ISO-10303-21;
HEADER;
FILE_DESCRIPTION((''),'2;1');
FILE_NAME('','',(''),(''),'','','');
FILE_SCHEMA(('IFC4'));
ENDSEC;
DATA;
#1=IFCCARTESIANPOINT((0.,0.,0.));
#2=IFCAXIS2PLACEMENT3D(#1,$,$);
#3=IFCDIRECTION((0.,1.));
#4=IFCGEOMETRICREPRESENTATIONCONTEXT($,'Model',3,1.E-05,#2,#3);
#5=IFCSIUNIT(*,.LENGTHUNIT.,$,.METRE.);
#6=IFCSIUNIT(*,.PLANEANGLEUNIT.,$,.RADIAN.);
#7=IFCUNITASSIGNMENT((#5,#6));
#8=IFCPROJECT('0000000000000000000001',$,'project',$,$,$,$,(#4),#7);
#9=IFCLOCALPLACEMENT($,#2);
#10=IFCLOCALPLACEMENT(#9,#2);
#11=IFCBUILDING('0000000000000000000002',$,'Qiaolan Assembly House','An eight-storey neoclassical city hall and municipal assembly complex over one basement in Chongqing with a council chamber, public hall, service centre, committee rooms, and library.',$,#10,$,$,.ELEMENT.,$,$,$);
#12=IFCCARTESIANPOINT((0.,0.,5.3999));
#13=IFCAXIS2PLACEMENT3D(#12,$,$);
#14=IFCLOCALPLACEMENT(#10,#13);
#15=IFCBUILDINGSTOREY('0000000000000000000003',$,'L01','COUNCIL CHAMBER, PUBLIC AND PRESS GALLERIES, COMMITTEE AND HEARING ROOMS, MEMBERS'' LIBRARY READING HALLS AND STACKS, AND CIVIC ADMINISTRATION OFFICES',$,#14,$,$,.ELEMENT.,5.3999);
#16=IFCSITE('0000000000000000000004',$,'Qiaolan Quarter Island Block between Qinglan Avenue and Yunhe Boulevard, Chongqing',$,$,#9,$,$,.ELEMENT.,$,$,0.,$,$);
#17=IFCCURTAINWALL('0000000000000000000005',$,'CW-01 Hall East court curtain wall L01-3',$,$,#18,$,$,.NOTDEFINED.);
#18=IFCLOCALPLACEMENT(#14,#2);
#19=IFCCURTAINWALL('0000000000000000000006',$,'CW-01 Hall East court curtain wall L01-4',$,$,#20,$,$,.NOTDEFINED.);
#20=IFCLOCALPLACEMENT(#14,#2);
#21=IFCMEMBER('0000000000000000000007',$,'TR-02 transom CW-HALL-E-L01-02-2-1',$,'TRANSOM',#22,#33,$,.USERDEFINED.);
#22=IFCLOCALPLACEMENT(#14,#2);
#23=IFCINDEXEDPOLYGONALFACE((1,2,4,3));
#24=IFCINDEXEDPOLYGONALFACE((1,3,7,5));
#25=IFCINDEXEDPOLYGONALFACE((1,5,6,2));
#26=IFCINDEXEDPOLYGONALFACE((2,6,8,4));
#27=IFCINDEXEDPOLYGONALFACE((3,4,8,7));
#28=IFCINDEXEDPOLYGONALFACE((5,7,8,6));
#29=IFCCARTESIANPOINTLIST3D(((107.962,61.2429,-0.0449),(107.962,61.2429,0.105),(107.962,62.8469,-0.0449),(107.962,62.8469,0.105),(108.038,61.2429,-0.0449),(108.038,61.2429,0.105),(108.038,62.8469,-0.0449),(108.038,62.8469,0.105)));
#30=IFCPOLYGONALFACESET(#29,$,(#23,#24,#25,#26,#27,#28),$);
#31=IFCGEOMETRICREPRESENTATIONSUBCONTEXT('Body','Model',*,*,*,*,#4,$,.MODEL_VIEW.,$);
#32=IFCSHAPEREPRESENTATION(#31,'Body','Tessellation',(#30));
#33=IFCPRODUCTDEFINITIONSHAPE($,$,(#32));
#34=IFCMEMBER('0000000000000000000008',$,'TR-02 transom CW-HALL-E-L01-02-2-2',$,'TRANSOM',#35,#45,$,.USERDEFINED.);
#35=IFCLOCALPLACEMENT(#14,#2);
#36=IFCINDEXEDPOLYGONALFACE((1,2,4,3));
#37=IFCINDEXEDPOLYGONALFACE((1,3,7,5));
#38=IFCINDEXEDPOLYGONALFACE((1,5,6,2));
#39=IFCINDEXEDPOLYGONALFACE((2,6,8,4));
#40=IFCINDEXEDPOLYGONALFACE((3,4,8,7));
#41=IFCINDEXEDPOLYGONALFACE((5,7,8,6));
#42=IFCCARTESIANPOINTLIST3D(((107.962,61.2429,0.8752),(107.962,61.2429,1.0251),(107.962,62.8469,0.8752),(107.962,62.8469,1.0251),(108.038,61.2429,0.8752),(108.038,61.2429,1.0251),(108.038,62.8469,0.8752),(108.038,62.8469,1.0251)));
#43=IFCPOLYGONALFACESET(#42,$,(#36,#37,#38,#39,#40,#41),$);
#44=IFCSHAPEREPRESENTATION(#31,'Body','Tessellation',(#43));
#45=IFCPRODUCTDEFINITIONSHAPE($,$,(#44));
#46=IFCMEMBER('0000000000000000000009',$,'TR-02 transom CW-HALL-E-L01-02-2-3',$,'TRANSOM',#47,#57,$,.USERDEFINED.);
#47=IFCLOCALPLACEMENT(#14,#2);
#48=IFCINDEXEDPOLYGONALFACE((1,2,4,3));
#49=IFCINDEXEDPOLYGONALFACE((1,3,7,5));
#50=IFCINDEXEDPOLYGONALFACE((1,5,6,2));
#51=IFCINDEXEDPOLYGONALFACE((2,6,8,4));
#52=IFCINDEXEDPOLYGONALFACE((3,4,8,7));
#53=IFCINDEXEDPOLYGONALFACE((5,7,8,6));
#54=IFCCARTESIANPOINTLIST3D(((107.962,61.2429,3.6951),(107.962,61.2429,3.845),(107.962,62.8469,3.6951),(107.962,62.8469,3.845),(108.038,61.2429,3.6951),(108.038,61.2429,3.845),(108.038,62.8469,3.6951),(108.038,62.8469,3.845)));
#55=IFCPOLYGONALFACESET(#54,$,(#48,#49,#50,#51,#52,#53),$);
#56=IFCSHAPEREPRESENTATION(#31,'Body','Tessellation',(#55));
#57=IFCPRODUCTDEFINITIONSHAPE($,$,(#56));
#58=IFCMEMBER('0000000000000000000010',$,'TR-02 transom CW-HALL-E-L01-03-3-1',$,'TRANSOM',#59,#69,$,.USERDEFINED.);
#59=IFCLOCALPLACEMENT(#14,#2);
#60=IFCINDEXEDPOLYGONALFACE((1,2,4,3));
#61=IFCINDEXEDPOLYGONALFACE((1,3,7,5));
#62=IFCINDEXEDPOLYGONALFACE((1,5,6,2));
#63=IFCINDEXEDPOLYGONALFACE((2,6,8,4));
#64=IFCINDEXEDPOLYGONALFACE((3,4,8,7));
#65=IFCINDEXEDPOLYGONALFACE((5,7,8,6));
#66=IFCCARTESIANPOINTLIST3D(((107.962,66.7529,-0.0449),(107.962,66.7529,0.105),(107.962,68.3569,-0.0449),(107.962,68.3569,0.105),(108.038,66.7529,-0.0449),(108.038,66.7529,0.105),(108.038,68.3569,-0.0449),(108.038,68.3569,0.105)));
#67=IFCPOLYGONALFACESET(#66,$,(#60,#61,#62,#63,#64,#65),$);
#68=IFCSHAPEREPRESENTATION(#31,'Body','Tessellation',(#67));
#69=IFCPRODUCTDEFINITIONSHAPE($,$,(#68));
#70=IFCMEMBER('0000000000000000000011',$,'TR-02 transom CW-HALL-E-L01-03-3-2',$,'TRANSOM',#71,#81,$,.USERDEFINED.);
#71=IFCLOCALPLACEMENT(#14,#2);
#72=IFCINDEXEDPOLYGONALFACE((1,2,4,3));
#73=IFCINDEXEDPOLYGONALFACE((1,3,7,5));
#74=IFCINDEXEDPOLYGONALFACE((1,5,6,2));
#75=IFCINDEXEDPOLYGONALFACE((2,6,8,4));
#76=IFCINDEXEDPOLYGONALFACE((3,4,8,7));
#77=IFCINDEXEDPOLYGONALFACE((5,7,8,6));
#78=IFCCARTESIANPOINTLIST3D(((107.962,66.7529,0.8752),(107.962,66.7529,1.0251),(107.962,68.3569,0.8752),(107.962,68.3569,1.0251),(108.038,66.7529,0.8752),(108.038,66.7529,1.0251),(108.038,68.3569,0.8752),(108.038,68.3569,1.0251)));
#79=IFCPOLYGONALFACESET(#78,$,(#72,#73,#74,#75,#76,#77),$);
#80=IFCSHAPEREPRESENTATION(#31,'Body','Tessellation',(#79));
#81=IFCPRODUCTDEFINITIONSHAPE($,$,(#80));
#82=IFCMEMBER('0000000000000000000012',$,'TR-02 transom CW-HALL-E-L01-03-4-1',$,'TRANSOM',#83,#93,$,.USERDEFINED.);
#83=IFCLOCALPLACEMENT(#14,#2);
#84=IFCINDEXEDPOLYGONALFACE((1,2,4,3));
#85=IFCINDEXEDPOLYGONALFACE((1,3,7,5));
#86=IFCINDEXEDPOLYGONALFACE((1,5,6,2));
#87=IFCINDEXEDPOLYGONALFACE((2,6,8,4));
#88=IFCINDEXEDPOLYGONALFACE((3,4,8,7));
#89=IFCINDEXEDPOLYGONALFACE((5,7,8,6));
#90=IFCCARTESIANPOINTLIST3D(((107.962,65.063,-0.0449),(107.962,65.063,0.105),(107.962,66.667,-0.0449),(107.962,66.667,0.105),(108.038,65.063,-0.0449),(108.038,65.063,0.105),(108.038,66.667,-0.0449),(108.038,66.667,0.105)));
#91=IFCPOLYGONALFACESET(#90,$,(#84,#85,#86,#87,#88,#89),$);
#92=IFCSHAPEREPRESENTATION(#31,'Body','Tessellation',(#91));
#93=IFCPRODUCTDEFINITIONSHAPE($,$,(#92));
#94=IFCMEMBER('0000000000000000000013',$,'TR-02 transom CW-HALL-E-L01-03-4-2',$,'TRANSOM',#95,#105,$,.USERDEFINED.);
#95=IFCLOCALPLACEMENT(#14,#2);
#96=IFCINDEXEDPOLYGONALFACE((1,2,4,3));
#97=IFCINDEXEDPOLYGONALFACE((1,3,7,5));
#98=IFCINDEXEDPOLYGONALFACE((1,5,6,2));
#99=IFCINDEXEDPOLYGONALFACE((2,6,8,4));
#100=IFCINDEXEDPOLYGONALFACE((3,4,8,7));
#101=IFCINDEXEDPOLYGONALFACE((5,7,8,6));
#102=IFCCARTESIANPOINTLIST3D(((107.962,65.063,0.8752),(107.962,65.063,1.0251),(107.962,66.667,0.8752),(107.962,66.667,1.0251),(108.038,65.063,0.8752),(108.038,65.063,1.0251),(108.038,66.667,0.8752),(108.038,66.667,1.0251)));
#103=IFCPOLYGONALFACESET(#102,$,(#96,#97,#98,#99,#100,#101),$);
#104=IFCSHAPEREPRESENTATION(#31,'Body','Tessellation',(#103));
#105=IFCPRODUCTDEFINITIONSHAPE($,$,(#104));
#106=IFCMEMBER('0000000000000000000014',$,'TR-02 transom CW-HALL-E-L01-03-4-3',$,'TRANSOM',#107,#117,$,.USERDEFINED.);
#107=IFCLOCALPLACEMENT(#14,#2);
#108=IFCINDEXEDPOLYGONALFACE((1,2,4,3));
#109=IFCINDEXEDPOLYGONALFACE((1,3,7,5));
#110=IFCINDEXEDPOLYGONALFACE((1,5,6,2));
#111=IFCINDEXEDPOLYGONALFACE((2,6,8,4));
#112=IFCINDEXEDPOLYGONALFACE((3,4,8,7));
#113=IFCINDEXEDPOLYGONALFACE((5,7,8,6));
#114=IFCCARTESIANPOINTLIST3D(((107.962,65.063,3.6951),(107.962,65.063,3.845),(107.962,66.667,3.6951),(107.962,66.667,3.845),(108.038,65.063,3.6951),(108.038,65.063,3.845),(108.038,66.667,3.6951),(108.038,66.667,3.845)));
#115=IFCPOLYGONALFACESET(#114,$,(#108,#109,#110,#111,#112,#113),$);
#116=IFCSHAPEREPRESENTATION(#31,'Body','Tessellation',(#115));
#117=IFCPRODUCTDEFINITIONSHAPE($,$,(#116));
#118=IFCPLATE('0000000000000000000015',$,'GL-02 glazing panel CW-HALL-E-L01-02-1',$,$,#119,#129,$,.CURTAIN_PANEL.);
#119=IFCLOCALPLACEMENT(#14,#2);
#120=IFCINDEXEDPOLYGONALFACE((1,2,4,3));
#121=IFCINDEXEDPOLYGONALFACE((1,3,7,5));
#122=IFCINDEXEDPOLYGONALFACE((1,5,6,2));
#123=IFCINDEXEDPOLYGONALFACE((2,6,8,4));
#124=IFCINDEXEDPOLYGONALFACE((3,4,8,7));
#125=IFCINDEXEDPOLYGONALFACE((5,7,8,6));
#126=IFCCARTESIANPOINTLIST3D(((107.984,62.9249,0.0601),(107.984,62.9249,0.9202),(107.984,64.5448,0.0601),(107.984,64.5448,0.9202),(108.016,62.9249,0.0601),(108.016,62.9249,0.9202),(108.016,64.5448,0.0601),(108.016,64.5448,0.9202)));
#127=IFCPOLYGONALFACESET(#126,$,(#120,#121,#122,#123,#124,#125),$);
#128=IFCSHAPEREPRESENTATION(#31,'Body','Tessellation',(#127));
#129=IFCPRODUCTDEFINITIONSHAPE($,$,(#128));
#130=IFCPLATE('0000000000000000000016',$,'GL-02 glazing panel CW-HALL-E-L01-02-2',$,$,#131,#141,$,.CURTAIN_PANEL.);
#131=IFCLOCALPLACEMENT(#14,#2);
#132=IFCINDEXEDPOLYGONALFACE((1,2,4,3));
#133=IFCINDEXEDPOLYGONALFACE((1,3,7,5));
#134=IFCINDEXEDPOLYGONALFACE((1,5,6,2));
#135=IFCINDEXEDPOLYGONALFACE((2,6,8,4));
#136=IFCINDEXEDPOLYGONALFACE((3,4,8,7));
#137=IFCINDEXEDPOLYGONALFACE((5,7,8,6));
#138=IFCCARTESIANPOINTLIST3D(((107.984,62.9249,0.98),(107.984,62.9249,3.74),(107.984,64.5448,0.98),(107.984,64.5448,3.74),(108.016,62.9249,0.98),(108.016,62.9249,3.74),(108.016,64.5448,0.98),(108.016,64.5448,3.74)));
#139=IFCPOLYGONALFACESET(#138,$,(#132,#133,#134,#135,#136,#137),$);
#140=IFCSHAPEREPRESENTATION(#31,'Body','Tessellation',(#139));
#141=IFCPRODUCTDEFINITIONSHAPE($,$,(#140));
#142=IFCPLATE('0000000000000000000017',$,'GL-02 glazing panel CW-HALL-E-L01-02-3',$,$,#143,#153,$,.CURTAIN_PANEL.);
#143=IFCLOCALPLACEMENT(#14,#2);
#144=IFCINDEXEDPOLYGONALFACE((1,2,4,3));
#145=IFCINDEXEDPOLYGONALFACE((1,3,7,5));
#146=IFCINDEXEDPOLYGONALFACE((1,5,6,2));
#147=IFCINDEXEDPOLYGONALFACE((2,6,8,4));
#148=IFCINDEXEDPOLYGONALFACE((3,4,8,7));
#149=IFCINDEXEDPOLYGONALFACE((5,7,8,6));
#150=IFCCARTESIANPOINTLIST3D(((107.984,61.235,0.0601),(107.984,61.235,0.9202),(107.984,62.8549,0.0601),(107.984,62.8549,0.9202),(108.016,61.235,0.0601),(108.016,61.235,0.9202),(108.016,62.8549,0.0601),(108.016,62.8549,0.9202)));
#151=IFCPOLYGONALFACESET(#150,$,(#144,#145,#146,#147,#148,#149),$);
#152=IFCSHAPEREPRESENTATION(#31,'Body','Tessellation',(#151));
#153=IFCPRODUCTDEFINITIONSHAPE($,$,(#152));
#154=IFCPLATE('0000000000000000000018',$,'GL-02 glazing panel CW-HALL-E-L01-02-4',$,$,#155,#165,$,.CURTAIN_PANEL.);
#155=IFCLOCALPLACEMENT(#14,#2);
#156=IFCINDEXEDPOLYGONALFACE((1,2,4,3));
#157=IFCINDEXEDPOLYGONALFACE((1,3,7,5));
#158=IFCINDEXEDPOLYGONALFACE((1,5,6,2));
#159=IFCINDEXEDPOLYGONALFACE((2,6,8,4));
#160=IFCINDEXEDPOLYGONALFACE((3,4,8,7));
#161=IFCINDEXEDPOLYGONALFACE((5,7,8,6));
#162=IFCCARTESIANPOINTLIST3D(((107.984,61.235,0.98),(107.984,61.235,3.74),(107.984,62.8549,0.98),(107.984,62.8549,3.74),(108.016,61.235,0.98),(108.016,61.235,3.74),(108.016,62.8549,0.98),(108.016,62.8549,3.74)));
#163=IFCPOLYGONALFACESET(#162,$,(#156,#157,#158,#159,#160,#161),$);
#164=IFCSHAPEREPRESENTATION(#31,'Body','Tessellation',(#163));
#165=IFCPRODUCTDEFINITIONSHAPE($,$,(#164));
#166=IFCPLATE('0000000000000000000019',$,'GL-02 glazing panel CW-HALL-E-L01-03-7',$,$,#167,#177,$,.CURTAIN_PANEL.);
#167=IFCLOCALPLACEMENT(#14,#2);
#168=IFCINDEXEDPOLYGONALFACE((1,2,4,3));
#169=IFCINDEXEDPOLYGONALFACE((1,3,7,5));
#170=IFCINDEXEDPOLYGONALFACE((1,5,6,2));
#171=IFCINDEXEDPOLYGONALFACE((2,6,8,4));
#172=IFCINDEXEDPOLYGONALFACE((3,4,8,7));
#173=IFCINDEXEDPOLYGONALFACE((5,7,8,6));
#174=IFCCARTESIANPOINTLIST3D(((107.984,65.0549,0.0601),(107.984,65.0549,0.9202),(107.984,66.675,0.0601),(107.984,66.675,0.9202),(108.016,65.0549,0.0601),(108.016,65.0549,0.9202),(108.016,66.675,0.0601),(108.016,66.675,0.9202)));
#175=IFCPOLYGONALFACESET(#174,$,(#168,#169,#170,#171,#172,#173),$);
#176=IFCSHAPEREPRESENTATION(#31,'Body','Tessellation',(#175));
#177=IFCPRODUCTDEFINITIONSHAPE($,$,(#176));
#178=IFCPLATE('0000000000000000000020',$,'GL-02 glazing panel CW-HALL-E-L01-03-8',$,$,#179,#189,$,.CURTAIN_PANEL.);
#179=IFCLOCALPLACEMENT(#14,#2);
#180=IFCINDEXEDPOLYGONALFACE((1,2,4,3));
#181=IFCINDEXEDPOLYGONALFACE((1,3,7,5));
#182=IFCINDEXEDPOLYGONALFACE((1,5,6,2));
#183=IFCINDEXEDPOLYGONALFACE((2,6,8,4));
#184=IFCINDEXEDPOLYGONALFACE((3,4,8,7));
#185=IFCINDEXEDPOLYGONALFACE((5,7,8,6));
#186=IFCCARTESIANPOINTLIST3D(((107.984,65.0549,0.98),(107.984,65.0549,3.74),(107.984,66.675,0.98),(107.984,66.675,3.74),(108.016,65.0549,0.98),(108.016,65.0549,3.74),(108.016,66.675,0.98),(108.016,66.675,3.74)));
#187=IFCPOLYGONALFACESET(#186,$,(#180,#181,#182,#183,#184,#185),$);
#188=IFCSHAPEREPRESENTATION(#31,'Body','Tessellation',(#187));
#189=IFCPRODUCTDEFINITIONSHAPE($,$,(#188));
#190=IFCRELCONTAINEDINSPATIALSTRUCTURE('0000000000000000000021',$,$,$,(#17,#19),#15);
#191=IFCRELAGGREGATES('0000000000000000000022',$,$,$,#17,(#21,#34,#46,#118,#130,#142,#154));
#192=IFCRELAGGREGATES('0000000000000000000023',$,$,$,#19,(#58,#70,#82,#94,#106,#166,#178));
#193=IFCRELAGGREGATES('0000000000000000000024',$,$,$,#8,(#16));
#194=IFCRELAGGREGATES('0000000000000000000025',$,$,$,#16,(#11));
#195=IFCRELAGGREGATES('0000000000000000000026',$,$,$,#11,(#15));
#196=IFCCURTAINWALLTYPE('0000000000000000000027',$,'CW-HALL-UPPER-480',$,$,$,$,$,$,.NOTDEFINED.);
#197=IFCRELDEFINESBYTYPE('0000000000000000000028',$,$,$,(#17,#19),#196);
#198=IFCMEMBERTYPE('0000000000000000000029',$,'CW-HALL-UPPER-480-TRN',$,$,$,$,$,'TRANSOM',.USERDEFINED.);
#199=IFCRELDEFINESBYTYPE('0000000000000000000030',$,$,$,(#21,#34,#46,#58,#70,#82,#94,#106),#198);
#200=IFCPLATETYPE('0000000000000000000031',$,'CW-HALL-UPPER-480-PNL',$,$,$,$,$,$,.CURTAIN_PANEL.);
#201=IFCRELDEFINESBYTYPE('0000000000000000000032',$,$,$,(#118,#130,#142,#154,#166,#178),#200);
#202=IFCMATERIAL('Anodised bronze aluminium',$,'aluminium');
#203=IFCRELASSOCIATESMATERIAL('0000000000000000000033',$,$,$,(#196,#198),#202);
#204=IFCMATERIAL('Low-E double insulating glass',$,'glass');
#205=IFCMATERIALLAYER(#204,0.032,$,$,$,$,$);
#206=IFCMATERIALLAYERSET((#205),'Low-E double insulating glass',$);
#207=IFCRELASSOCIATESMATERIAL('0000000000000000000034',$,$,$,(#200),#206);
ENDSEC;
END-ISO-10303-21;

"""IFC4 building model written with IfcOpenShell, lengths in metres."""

from ifc_helpers import new_model, si_unit, direction, frame, frame_2d, origin, origin_2d, place, context, subcontext, project, spatial, rectangle, extrude, material, layer, layer_set, material_profile, profile_set, type_object, element, aggregate, save


model = new_model("IFC4")

# Units and contexts
model_context = context("Model", 3, precision=1e-05, world=origin(), true_north=direction((0.0, 1.0)))
body_context = subcontext(model_context, "Body", "Model", "MODEL_VIEW")
ifc_project = project(units=[si_unit("LENGTHUNIT", "METRE"), si_unit("PLANEANGLEUNIT", "RADIAN")], contexts=[model_context])

# Site, building, storey
site_placement = place(None, origin())
site = spatial("IfcSite", under=ifc_project, at=site_placement, Name="Qiaolan Quarter Island Block between Qinglan Avenue and Yunhe Boulevard, Chongqing", CompositionType="ELEMENT", RefElevation=0.0)
building_placement = place(site_placement, origin())
building = spatial("IfcBuilding", under=site, at=building_placement, Name="Qiaolan Assembly House", Description="An eight-storey neoclassical city hall and municipal assembly complex over one basement in Chongqing with a council chamber, public hall, service centre, committee rooms, and library.", CompositionType="ELEMENT")
storey_placement = place(building_placement, frame((0.0, 0.0, 5.3999)))
storey = spatial("IfcBuildingStorey", under=building, at=storey_placement, Name="L01", Description="COUNCIL CHAMBER, PUBLIC AND PRESS GALLERIES, COMMITTEE AND HEARING ROOMS, MEMBERS' LIBRARY READING HALLS AND STACKS, AND CIVIC ADMINISTRATION OFFICES", CompositionType="ELEMENT", Elevation=5.3999)

# Curtain walls
ifc_material_1 = material(Name="Anodised bronze aluminium", Category="aluminium")
curtain_wall_type = type_object("IfcCurtainWallType", Name="CW-HALL-UPPER-480", PredefinedType="NOTDEFINED", material=ifc_material_1)
curtain_wall_1_placement = place(storey_placement, origin())
curtain_wall_1 = element("IfcCurtainWall", 1, at=curtain_wall_1_placement, inside=storey, type_object=curtain_wall_type, Name="CW-01 Hall East court curtain wall L01-3", PredefinedType="NOTDEFINED")
curtain_wall_2_placement = place(storey_placement, origin())
curtain_wall_2 = element("IfcCurtainWall", 2, at=curtain_wall_2_placement, inside=storey, type_object=curtain_wall_type, Name="CW-01 Hall East court curtain wall L01-4", PredefinedType="NOTDEFINED")

# Members
ifc_material_profile_1 = material_profile(ifc_material_1, rectangle(XDim=0.0759, YDim=0.1499, at=origin_2d()), Name="TRN 76x150")
ifc_profile_set_1 = profile_set([ifc_material_profile_1], Name="Anodised bronze aluminium")
member_type_1 = type_object("IfcMemberType", Name="CW-HALL-UPPER-480-TRN", ElementType="TRANSOM", PredefinedType="USERDEFINED", material=ifc_profile_set_1)
member_1_placement = place(storey_placement, frame((108.0, 62.8469, 0.03), z_axis=(0.0, -1.0, 0.0), x_axis=(1.0, 0.0, 0.0)))
member_1 = element("IfcMember", 3, at=member_1_placement, type_object=member_type_1, Name="TR-02 transom CW-HALL-E-L01-02-2-1", ObjectType="TRANSOM", PredefinedType="USERDEFINED", context=body_context, shape_type="SweptSolid", body=[
    extrude(rectangle(XDim=0.0759, YDim=0.1499, at=origin_2d()), origin(), (0.0, 0.0, 1.0), 1.604),
])
member_2_placement = place(storey_placement, frame((108.0, 62.8469, 0.9502), z_axis=(0.0, -1.0, 0.0), x_axis=(1.0, 0.0, 0.0)))
member_2 = element("IfcMember", 4, at=member_2_placement, type_object=member_type_1, Name="TR-02 transom CW-HALL-E-L01-02-2-2", ObjectType="TRANSOM", PredefinedType="USERDEFINED", context=body_context, shape_type="SweptSolid", body=[
    extrude(rectangle(XDim=0.0759, YDim=0.1499, at=origin_2d()), origin(), (0.0, 0.0, 1.0), 1.604),
])
member_3_placement = place(storey_placement, frame((108.0, 62.8469, 3.77), z_axis=(0.0, -1.0, 0.0), x_axis=(1.0, 0.0, 0.0)))
member_3 = element("IfcMember", 5, at=member_3_placement, type_object=member_type_1, Name="TR-02 transom CW-HALL-E-L01-02-2-3", ObjectType="TRANSOM", PredefinedType="USERDEFINED", context=body_context, shape_type="SweptSolid", body=[
    extrude(rectangle(XDim=0.0759, YDim=0.1499, at=origin_2d()), origin(), (0.0, 0.0, 1.0), 1.604),
])
member_4_placement = place(storey_placement, frame((108.0, 68.3569, 0.03), z_axis=(0.0, -1.0, 0.0), x_axis=(1.0, 0.0, 0.0)))
member_4 = element("IfcMember", 6, at=member_4_placement, type_object=member_type_1, Name="TR-02 transom CW-HALL-E-L01-03-3-1", ObjectType="TRANSOM", PredefinedType="USERDEFINED", context=body_context, shape_type="SweptSolid", body=[
    extrude(rectangle(XDim=0.0759, YDim=0.1499, at=origin_2d()), origin(), (0.0, 0.0, 1.0), 1.604),
])
member_5_placement = place(storey_placement, frame((108.0, 68.3569, 0.9502), z_axis=(0.0, -1.0, 0.0), x_axis=(1.0, 0.0, 0.0)))
member_5 = element("IfcMember", 7, at=member_5_placement, type_object=member_type_1, Name="TR-02 transom CW-HALL-E-L01-03-3-2", ObjectType="TRANSOM", PredefinedType="USERDEFINED", context=body_context, shape_type="SweptSolid", body=[
    extrude(rectangle(XDim=0.0759, YDim=0.1499, at=origin_2d()), origin(), (0.0, 0.0, 1.0), 1.604),
])
member_6_placement = place(storey_placement, frame((108.0, 66.667, 0.03), z_axis=(0.0, -1.0, 0.0), x_axis=(1.0, 0.0, 0.0)))
member_6 = element("IfcMember", 8, at=member_6_placement, type_object=member_type_1, Name="TR-02 transom CW-HALL-E-L01-03-4-1", ObjectType="TRANSOM", PredefinedType="USERDEFINED", context=body_context, shape_type="SweptSolid", body=[
    extrude(rectangle(XDim=0.0759, YDim=0.1499, at=origin_2d()), origin(), (0.0, 0.0, 1.0), 1.604),
])
member_7_placement = place(storey_placement, frame((108.0, 66.667, 0.9502), z_axis=(0.0, -1.0, 0.0), x_axis=(1.0, 0.0, 0.0)))
member_7 = element("IfcMember", 9, at=member_7_placement, type_object=member_type_1, Name="TR-02 transom CW-HALL-E-L01-03-4-2", ObjectType="TRANSOM", PredefinedType="USERDEFINED", context=body_context, shape_type="SweptSolid", body=[
    extrude(rectangle(XDim=0.0759, YDim=0.1499, at=origin_2d()), origin(), (0.0, 0.0, 1.0), 1.604),
])
member_8_placement = place(storey_placement, frame((108.0, 66.667, 3.77), z_axis=(0.0, -1.0, 0.0), x_axis=(1.0, 0.0, 0.0)))
member_8 = element("IfcMember", 10, at=member_8_placement, type_object=member_type_1, Name="TR-02 transom CW-HALL-E-L01-03-4-3", ObjectType="TRANSOM", PredefinedType="USERDEFINED", context=body_context, shape_type="SweptSolid", body=[
    extrude(rectangle(XDim=0.0759, YDim=0.1499, at=origin_2d()), origin(), (0.0, 0.0, 1.0), 1.604),
])

# Plates
ifc_material_2 = material(Name="Low-E double insulating glass", Category="glass")
ifc_layer = layer(ifc_material_2, 0.032)
ifc_layer_set = layer_set([ifc_layer], Name="Low-E double insulating glass")
plate_type = type_object("IfcPlateType", Name="CW-HALL-UPPER-480-PNL", PredefinedType="CURTAIN_PANEL", material=ifc_layer_set)
plate_1_placement = place(storey_placement, frame((108.0, 64.5449, 0.0601), z_axis=(0.0, 0.0, 1.0), x_axis=(0.0, -1.0, 0.0)))
plate_1 = element("IfcPlate", 11, at=plate_1_placement, type_object=plate_type, Name="GL-02 glazing panel CW-HALL-E-L01-02-1", PredefinedType="CURTAIN_PANEL", context=body_context, shape_type="SweptSolid", body=[
    extrude(rectangle(XDim=1.6199, YDim=0.032, at=frame_2d((0.8101, 0.0))), origin(), (0.0, 0.0, 1.0), 0.8601),
])
plate_2_placement = place(storey_placement, frame((108.0, 64.5449, 0.98), z_axis=(0.0, 0.0, 1.0), x_axis=(0.0, -1.0, 0.0)))
plate_2 = element("IfcPlate", 12, at=plate_2_placement, type_object=plate_type, Name="GL-02 glazing panel CW-HALL-E-L01-02-2", PredefinedType="CURTAIN_PANEL", context=body_context, shape_type="SweptSolid", body=[
    extrude(rectangle(XDim=1.6199, YDim=0.032, at=frame_2d((0.8101, 0.0))), origin(), (0.0, 0.0, 1.0), 2.76),
])
plate_3_placement = place(storey_placement, frame((108.0, 62.855, 0.0601), z_axis=(0.0, 0.0, 1.0), x_axis=(0.0, -1.0, 0.0)))
plate_3 = element("IfcPlate", 13, at=plate_3_placement, type_object=plate_type, Name="GL-02 glazing panel CW-HALL-E-L01-02-3", PredefinedType="CURTAIN_PANEL", context=body_context, shape_type="SweptSolid", body=[
    extrude(rectangle(XDim=1.6199, YDim=0.032, at=frame_2d((0.8101, 0.0))), origin(), (0.0, 0.0, 1.0), 0.8601),
])
plate_4_placement = place(storey_placement, frame((108.0, 62.855, 0.98), z_axis=(0.0, 0.0, 1.0), x_axis=(0.0, -1.0, 0.0)))
plate_4 = element("IfcPlate", 14, at=plate_4_placement, type_object=plate_type, Name="GL-02 glazing panel CW-HALL-E-L01-02-4", PredefinedType="CURTAIN_PANEL", context=body_context, shape_type="SweptSolid", body=[
    extrude(rectangle(XDim=1.6199, YDim=0.032, at=frame_2d((0.8101, 0.0))), origin(), (0.0, 0.0, 1.0), 2.76),
])
aggregate(curtain_wall_1, [member_1, member_2, member_3, plate_1, plate_2, plate_3, plate_4])
plate_5_placement = place(storey_placement, frame((108.0, 66.675, 0.0601), z_axis=(0.0, 0.0, 1.0), x_axis=(0.0, -1.0, 0.0)))
plate_5 = element("IfcPlate", 15, at=plate_5_placement, type_object=plate_type, Name="GL-02 glazing panel CW-HALL-E-L01-03-7", PredefinedType="CURTAIN_PANEL", context=body_context, shape_type="SweptSolid", body=[
    extrude(rectangle(XDim=1.6201, YDim=0.032, at=frame_2d((0.8101, 0.0))), origin(), (0.0, 0.0, 1.0), 0.8601),
])
plate_6_placement = place(storey_placement, frame((108.0, 66.675, 0.98), z_axis=(0.0, 0.0, 1.0), x_axis=(0.0, -1.0, 0.0)))
plate_6 = element("IfcPlate", 16, at=plate_6_placement, type_object=plate_type, Name="GL-02 glazing panel CW-HALL-E-L01-03-8", PredefinedType="CURTAIN_PANEL", context=body_context, shape_type="SweptSolid", body=[
    extrude(rectangle(XDim=1.6201, YDim=0.032, at=frame_2d((0.8101, 0.0))), origin(), (0.0, 0.0, 1.0), 2.76),
])
aggregate(curtain_wall_2, [member_4, member_5, member_6, member_7, member_8, plate_5, plate_6])

save(model, "model.ifc")
